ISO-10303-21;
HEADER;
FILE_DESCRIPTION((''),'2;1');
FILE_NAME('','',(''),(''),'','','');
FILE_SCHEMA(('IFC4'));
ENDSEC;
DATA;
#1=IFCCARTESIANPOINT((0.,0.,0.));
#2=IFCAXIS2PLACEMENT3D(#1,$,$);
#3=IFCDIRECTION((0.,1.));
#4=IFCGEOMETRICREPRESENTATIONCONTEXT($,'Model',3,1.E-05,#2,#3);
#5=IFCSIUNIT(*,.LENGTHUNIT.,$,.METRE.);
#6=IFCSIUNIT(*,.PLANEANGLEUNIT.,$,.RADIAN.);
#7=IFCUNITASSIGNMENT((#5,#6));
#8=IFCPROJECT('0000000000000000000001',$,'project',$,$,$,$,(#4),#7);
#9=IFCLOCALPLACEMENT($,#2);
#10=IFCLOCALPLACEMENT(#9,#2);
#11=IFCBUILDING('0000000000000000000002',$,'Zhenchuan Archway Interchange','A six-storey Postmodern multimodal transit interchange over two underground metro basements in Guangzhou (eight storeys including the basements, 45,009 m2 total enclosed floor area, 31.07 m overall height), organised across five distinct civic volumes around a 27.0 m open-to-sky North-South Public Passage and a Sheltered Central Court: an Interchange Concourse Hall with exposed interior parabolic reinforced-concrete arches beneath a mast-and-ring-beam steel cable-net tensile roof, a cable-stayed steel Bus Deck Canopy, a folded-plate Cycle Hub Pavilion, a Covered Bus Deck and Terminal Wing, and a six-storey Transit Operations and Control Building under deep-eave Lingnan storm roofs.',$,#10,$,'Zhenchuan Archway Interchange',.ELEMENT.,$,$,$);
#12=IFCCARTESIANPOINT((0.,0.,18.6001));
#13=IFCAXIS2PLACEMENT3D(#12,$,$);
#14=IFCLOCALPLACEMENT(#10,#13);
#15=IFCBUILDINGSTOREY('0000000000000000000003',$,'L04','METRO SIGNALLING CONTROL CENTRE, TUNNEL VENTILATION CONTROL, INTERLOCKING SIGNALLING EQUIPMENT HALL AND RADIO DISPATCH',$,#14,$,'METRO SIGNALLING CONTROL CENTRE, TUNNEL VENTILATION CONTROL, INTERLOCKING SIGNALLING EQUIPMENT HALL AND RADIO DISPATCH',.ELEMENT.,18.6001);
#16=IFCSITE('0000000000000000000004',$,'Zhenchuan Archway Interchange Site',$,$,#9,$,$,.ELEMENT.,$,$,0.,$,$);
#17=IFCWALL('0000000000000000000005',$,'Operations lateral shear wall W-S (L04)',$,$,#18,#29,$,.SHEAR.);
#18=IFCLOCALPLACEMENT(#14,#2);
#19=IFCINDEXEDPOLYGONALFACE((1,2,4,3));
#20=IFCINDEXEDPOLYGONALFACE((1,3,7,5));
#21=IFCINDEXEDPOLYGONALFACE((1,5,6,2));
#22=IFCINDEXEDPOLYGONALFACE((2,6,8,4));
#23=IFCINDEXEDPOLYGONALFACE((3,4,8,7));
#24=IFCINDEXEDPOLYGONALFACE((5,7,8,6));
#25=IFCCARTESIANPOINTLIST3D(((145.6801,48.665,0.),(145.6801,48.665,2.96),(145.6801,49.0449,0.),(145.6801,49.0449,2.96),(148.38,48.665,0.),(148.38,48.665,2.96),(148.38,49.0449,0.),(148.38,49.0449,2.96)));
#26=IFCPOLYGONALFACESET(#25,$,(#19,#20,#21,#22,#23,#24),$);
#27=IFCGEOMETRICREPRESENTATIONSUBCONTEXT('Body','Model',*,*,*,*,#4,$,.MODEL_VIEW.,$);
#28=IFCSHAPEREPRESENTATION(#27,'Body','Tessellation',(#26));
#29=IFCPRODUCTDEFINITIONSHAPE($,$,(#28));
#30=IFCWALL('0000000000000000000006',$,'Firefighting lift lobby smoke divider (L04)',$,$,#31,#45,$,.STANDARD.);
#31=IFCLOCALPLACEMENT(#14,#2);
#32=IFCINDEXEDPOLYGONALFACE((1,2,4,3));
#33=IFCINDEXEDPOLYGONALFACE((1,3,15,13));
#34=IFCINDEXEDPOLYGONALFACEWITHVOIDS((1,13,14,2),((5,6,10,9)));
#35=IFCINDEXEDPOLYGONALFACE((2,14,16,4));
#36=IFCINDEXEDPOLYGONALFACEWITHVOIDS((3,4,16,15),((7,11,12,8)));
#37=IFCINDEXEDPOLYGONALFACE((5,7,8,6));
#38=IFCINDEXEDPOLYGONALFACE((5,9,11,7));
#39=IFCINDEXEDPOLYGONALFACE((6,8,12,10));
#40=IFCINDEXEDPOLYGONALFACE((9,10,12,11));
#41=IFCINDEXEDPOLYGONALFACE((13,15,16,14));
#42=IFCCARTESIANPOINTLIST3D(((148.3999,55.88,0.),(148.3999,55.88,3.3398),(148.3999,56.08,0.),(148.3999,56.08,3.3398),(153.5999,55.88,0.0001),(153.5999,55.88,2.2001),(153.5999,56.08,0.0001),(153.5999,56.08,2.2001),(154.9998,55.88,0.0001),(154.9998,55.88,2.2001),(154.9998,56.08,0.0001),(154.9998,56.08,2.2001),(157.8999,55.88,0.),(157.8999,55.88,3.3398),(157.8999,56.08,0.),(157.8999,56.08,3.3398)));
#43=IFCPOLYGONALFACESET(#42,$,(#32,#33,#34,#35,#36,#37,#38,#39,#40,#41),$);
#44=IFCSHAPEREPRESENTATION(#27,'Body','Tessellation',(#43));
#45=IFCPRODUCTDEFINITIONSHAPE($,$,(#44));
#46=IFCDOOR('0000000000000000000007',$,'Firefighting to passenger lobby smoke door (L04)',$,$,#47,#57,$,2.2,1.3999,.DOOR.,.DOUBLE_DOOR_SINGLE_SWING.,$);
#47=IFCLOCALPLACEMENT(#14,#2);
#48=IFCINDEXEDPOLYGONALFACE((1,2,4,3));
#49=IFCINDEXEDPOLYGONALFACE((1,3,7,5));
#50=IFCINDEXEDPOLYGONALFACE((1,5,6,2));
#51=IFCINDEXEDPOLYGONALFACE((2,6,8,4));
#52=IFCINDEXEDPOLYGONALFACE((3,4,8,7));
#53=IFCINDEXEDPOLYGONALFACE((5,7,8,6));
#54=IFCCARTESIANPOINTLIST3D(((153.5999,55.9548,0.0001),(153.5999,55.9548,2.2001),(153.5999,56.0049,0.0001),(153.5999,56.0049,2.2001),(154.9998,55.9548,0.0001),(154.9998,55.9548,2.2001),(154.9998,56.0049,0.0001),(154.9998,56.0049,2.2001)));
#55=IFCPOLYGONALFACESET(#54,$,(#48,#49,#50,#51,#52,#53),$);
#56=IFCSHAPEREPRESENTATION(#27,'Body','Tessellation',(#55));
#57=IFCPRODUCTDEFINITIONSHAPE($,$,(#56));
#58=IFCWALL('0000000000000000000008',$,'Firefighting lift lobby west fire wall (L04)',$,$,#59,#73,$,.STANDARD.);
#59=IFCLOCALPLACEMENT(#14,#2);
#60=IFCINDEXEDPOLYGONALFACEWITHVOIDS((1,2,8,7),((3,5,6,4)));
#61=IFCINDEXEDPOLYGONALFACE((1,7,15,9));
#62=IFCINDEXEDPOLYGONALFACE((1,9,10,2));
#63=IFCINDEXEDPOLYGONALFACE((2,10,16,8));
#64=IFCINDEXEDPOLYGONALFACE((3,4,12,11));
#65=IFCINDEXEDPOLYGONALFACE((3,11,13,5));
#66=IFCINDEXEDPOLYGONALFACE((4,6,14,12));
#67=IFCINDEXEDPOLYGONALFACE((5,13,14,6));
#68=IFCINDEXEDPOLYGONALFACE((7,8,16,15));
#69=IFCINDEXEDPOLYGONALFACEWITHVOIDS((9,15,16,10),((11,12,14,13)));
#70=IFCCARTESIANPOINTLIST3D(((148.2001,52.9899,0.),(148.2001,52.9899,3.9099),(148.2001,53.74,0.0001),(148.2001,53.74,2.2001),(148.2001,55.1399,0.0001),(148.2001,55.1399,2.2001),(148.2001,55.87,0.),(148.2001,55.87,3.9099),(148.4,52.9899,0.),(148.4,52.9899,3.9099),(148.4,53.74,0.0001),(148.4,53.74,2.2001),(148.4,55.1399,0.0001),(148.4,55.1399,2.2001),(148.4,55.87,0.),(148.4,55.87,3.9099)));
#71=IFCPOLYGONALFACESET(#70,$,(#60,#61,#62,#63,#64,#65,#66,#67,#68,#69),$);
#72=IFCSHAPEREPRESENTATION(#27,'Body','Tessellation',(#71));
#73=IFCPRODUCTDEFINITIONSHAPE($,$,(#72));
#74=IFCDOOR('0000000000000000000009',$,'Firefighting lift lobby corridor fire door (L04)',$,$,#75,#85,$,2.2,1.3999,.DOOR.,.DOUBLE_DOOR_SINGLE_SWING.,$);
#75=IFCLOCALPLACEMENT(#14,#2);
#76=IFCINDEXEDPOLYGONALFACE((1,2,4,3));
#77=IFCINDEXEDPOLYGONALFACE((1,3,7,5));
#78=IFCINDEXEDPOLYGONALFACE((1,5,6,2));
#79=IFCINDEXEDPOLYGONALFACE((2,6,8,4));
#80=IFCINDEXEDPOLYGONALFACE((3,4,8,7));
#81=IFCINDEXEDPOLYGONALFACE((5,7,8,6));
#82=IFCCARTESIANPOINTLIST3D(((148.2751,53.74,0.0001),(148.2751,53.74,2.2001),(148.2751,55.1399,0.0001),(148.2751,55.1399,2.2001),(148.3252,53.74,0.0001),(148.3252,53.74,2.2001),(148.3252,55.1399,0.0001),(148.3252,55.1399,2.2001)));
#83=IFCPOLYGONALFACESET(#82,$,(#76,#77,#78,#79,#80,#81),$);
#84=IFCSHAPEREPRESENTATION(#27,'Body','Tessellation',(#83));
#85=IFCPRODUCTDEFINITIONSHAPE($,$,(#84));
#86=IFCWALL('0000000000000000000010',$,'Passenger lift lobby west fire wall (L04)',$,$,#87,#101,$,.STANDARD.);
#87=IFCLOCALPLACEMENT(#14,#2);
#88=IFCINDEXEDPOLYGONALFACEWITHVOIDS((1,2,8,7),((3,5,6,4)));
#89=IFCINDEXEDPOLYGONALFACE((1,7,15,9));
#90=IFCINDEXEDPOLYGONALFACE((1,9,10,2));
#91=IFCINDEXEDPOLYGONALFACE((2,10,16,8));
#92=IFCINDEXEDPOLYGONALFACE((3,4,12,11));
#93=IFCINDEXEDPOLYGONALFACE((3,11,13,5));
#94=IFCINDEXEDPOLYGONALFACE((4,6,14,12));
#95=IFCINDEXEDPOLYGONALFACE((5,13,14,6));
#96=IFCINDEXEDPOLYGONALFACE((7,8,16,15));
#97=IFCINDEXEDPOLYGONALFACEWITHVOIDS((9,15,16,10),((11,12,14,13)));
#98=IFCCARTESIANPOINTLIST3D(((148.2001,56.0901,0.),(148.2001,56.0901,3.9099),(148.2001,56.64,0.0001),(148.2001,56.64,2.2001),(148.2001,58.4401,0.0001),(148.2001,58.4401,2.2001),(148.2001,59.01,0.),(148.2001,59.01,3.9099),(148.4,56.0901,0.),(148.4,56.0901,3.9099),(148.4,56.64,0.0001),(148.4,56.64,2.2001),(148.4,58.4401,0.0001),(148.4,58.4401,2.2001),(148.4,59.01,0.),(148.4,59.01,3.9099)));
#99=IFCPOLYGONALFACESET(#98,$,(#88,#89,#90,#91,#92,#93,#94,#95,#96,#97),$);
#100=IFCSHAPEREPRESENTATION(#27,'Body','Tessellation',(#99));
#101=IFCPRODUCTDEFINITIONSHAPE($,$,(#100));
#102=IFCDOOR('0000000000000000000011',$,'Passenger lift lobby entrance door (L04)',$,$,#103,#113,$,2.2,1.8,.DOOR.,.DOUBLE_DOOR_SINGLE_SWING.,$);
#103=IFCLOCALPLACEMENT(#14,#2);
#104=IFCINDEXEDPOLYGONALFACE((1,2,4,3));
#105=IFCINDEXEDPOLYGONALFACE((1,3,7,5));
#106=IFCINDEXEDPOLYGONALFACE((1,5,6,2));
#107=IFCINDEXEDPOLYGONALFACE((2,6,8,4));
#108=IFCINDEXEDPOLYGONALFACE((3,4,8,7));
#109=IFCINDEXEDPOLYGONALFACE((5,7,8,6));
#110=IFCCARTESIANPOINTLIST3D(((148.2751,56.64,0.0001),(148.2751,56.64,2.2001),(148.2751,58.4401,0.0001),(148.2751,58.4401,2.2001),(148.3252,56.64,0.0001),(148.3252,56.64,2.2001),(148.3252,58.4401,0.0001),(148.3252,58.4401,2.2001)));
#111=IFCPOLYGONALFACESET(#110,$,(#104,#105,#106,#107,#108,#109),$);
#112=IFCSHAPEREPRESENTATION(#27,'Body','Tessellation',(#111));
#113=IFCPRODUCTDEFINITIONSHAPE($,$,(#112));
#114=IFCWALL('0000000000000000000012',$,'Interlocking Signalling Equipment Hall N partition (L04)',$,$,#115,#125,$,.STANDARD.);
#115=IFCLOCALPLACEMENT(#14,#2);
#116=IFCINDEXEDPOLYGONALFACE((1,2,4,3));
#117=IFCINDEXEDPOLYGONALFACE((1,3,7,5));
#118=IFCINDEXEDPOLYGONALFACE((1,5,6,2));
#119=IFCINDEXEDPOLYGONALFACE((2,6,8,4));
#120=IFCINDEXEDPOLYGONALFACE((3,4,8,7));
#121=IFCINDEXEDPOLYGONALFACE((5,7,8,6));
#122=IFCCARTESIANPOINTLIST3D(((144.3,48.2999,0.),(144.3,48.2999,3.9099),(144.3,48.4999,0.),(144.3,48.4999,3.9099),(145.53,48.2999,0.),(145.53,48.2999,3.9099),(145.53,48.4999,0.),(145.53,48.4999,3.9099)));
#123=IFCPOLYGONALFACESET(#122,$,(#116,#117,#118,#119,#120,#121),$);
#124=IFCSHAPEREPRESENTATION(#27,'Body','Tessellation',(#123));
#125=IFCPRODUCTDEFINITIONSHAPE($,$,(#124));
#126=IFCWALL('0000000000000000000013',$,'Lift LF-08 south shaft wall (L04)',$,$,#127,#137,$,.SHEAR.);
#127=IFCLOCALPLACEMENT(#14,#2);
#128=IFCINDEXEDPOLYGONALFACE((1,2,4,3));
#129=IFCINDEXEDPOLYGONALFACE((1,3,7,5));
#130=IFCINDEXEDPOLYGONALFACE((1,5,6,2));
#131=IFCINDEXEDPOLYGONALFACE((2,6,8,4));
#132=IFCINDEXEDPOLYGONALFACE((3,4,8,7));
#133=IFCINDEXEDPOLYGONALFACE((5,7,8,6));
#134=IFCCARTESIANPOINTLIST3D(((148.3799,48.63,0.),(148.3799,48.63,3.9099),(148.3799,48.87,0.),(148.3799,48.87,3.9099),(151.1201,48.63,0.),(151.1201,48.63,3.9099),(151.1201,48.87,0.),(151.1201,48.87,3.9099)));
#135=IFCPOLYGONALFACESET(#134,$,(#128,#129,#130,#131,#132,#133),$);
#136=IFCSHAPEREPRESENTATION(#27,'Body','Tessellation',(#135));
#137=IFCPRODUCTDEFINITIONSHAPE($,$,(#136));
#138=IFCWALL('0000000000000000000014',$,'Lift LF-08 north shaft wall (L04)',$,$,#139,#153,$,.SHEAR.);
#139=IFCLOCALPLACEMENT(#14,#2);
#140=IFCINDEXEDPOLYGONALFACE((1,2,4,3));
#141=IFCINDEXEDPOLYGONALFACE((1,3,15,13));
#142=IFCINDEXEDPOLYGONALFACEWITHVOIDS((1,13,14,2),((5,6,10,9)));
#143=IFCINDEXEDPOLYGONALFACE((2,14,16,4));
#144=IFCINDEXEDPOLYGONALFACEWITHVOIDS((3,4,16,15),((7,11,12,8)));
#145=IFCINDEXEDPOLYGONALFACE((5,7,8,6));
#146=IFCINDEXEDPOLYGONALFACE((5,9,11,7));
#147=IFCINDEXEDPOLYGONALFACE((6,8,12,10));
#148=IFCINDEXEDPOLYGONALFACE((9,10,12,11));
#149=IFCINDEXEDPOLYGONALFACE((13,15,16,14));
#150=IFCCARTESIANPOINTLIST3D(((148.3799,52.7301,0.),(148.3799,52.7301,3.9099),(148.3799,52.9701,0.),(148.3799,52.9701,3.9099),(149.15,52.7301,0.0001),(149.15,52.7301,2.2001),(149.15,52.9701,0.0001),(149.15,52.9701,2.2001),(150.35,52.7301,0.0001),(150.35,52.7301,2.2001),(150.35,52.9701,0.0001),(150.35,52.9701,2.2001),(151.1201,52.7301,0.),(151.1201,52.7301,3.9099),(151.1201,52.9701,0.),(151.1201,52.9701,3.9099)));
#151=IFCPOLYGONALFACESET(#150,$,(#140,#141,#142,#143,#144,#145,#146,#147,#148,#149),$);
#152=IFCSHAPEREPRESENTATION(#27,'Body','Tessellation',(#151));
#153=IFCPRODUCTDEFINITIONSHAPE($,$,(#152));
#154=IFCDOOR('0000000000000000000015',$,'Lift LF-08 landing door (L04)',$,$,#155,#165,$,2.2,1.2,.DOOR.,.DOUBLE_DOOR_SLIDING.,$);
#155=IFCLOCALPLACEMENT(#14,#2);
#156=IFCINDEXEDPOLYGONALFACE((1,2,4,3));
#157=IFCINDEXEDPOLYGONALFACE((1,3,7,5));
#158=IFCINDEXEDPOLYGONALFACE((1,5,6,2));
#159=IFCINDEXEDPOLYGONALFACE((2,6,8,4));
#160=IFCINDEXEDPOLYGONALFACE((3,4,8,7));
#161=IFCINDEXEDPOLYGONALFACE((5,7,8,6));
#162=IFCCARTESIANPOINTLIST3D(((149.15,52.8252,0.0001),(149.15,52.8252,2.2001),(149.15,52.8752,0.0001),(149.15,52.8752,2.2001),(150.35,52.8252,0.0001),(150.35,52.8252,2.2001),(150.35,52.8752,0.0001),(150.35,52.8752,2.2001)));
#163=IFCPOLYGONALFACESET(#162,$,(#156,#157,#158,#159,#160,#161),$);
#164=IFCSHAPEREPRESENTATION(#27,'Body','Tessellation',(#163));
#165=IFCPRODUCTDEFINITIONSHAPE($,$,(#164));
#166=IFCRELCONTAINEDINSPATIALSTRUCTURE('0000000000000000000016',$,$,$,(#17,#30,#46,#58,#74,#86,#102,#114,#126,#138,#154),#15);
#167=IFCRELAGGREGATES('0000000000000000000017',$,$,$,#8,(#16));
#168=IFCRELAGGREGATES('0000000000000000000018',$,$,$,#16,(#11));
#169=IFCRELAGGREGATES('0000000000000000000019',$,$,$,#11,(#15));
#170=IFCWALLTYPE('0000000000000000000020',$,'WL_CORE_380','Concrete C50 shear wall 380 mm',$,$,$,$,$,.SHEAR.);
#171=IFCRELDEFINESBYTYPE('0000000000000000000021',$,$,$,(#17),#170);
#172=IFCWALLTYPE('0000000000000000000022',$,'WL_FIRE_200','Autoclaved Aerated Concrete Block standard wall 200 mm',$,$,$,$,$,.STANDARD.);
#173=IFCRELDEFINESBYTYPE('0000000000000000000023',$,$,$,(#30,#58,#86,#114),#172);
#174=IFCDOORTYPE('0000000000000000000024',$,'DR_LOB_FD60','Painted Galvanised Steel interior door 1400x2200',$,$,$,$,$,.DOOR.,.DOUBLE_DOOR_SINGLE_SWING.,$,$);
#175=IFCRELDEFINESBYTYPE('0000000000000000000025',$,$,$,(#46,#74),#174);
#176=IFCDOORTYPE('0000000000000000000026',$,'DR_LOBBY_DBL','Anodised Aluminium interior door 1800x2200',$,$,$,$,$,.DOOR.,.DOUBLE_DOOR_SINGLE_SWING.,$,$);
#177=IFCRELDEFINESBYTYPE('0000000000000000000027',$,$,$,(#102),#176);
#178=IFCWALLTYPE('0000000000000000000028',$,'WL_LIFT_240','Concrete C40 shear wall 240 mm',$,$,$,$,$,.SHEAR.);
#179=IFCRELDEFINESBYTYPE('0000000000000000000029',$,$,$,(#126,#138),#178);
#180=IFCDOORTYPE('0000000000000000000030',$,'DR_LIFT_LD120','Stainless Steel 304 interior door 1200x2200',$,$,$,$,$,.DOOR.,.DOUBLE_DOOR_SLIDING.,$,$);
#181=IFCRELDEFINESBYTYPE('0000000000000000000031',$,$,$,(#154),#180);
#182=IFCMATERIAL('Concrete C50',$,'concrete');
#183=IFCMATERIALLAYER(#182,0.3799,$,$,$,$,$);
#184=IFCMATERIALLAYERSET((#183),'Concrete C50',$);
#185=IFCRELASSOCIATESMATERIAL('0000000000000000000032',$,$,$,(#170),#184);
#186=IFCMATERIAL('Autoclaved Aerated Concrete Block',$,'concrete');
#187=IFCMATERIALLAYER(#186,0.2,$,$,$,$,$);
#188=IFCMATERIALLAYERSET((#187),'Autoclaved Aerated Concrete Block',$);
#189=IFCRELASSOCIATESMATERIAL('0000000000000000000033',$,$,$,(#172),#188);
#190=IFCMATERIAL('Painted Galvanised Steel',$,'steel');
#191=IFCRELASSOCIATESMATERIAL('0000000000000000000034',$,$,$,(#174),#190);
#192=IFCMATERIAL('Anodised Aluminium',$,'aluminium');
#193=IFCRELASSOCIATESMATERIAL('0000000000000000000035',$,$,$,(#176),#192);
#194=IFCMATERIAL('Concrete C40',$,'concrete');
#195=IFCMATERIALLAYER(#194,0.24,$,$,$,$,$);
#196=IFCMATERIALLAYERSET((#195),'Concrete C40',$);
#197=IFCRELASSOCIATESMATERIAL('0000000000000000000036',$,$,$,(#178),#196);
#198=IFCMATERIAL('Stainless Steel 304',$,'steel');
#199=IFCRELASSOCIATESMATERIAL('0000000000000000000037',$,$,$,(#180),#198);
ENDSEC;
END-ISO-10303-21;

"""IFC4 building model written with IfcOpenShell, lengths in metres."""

from ifc_helpers import new_model, si_unit, direction, frame, frame_2d, origin, place, context, subcontext, project, spatial, rectangle, extrude, material, layer, layer_set, type_object, element, fill, save


model = new_model("IFC4")

# Units and contexts
model_context = context("Model", 3, precision=1e-05, world=origin(), true_north=direction((0.0, 1.0)))
body_context = subcontext(model_context, "Body", "Model", "MODEL_VIEW")
ifc_project = project(units=[si_unit("LENGTHUNIT", "METRE"), si_unit("PLANEANGLEUNIT", "RADIAN")], contexts=[model_context])

# Site, building, storey
site_placement = place(None, origin())
site = spatial("IfcSite", under=ifc_project, at=site_placement, Name="Zhenchuan Archway Interchange Site", CompositionType="ELEMENT", RefElevation=0.0)
building_placement = place(site_placement, origin())
building = spatial("IfcBuilding", under=site, at=building_placement, Name="Zhenchuan Archway Interchange", Description="A six-storey Postmodern multimodal transit interchange over two underground metro basements in Guangzhou (eight storeys including the basements, 45,009 m2 total enclosed floor area, 31.07 m overall height), organised across five distinct civic volumes around a 27.0 m open-to-sky North-South Public Passage and a Sheltered Central Court: an Interchange Concourse Hall with exposed interior parabolic reinforced-concrete arches beneath a mast-and-ring-beam steel cable-net tensile roof, a cable-stayed steel Bus Deck Canopy, a folded-plate Cycle Hub Pavilion, a Covered Bus Deck and Terminal Wing, and a six-storey Transit Operations and Control Building under deep-eave Lingnan storm roofs.", LongName="Zhenchuan Archway Interchange", CompositionType="ELEMENT")
storey_placement = place(building_placement, frame((0.0, 0.0, 18.6001)))
storey = spatial("IfcBuildingStorey", under=building, at=storey_placement, Name="L04", Description="METRO SIGNALLING CONTROL CENTRE, TUNNEL VENTILATION CONTROL, INTERLOCKING SIGNALLING EQUIPMENT HALL AND RADIO DISPATCH", LongName="METRO SIGNALLING CONTROL CENTRE, TUNNEL VENTILATION CONTROL, INTERLOCKING SIGNALLING EQUIPMENT HALL AND RADIO DISPATCH", CompositionType="ELEMENT", Elevation=18.6001)

# Shared definitions
ifc_material_1 = material(Name="Concrete C40", Category="concrete")

# Shared definitions
ifc_material_2 = material(Name="Anodised Aluminium", Category="aluminium")

# Wall
ifc_material_3 = material(Name="Concrete C50", Category="concrete")
ifc_layer_1 = layer(ifc_material_3, 0.3799)
ifc_layer_set_1 = layer_set([ifc_layer_1], Name="Concrete C50")
wall_type_1 = type_object("IfcWallType", Name="WL_CORE_380", Description="Concrete C50 shear wall 380 mm", PredefinedType="SHEAR", material=ifc_layer_set_1)
wall_1_placement = place(storey_placement, frame((145.6799, 48.855, 0.0), z_axis=(0.0, 0.0, 1.0), x_axis=(1.0, 0.0, 0.0)))
element("IfcWall", 1, at=wall_1_placement, inside=storey, type_object=wall_type_1, Name="Operations lateral shear wall W-S (L04)", PredefinedType="SHEAR", context=body_context, shape_type="SweptSolid", body=[
    extrude(rectangle(XDim=2.7, YDim=0.3799, at=frame_2d((1.3501, 0.0))), origin(), (0.0, 0.0, 1.0), 2.96),
])

# Walls, openings, doors
ifc_material_4 = material(Name="Autoclaved Aerated Concrete Block", Category="concrete")
ifc_layer_2 = layer(ifc_material_4, 0.2)
ifc_layer_set_2 = layer_set([ifc_layer_2], Name="Autoclaved Aerated Concrete Block")
wall_type_2 = type_object("IfcWallType", Name="WL_FIRE_200", Description="Autoclaved Aerated Concrete Block standard wall 200 mm", PredefinedType="STANDARD", material=ifc_layer_set_2)
wall_2_placement = place(storey_placement, frame((148.3999, 55.98, 0.0), z_axis=(0.0, 0.0, 1.0), x_axis=(1.0, 0.0, 0.0)))
wall_2 = element("IfcWall", 2, at=wall_2_placement, inside=storey, type_object=wall_type_2, Name="Firefighting lift lobby smoke divider (L04)", PredefinedType="STANDARD", context=body_context, shape_type="SweptSolid", body=[
    extrude(rectangle(XDim=9.5, YDim=0.2, at=frame_2d((4.75, 0.0))), origin(), (0.0, 0.0, 1.0), 3.3398),
])
opening_1_placement = place(wall_2_placement, frame((5.2, 0.0, 0.0)))
opening_1 = element("IfcOpeningElement", 3, at=opening_1_placement, cuts=wall_2, PredefinedType="OPENING", context=body_context, shape_type="SweptSolid", body=[
    extrude(rectangle(XDim=1.3999, YDim=2.2, at=frame_2d((0.7, 1.1001))), frame((0.0, 0.1118, 0.0), z_axis=(0.0, -1.0, 0.0), x_axis=(1.0, 0.0, 0.0)), (0.0, 0.0, 1.0), 0.2239),
])
ifc_material_5 = material(Name="Painted Galvanised Steel", Category="steel")
door_type_1 = type_object("IfcDoorType", Name="DR_LOB_FD60", Description="Painted Galvanised Steel interior door 1400x2200", OperationType="DOUBLE_DOOR_SINGLE_SWING", PredefinedType="DOOR", material=ifc_material_5)
door_1_placement = place(opening_1_placement, origin())
door_1 = element("IfcDoor", 4, at=door_1_placement, inside=storey, type_object=door_type_1, Name="Firefighting to passenger lobby smoke door (L04)", OperationType="DOUBLE_DOOR_SINGLE_SWING", OverallHeight=2.2, OverallWidth=1.3999, PredefinedType="DOOR", context=body_context, shape_type="SweptSolid", body=[
    extrude(rectangle(XDim=1.3999, YDim=2.2, at=frame_2d((0.7, 1.1001))), frame((0.0, 0.0249, 0.0), z_axis=(0.0, -1.0, 0.0), x_axis=(1.0, 0.0, 0.0)), (0.0, 0.0, 1.0), 0.05),
])
fill(opening_1, door_1)
wall_3_placement = place(storey_placement, frame((148.3, 52.99, 0.0), z_axis=(0.0, 0.0, 1.0), x_axis=(0.0, 1.0, 0.0)))
wall_3 = element("IfcWall", 5, at=wall_3_placement, inside=storey, type_object=wall_type_2, Name="Firefighting lift lobby west fire wall (L04)", PredefinedType="STANDARD", context=body_context, shape_type="SweptSolid", body=[
    extrude(rectangle(XDim=2.8801, YDim=0.2, at=frame_2d((1.4399, 0.0))), origin(), (0.0, 0.0, 1.0), 3.9099),
])
opening_2_placement = place(wall_3_placement, frame((0.75, 0.0, 0.0)))
opening_2 = element("IfcOpeningElement", 6, at=opening_2_placement, cuts=wall_3, PredefinedType="OPENING", context=body_context, shape_type="SweptSolid", body=[
    extrude(rectangle(XDim=1.3999, YDim=2.2, at=frame_2d((0.7, 1.1001))), frame((0.0, 0.1118, 0.0), z_axis=(0.0, -1.0, 0.0), x_axis=(1.0, 0.0, 0.0)), (0.0, 0.0, 1.0), 0.2239),
])
door_2_placement = place(opening_2_placement, origin())
door_2 = element("IfcDoor", 7, at=door_2_placement, inside=storey, type_object=door_type_1, Name="Firefighting lift lobby corridor fire door (L04)", OperationType="DOUBLE_DOOR_SINGLE_SWING", OverallHeight=2.2, OverallWidth=1.3999, PredefinedType="DOOR", context=body_context, shape_type="SweptSolid", body=[
    extrude(rectangle(XDim=1.3999, YDim=2.2, at=frame_2d((0.7, 1.1001))), frame((0.0, 0.0249, 0.0), z_axis=(0.0, -1.0, 0.0), x_axis=(1.0, 0.0, 0.0)), (0.0, 0.0, 1.0), 0.05),
])
fill(opening_2, door_2)
wall_4_placement = place(storey_placement, frame((148.3, 56.0901, 0.0), z_axis=(0.0, 0.0, 1.0), x_axis=(0.0, 1.0, 0.0)))
wall_4 = element("IfcWall", 8, at=wall_4_placement, inside=storey, type_object=wall_type_2, Name="Passenger lift lobby west fire wall (L04)", PredefinedType="STANDARD", context=body_context, shape_type="SweptSolid", body=[
    extrude(rectangle(XDim=2.9199, YDim=0.2, at=frame_2d((1.46, 0.0))), origin(), (0.0, 0.0, 1.0), 3.9099),
])
opening_3_placement = place(wall_4_placement, frame((0.55, 0.0, 0.0)))
opening_3 = element("IfcOpeningElement", 9, at=opening_3_placement, cuts=wall_4, PredefinedType="OPENING", context=body_context, shape_type="SweptSolid", body=[
    extrude(rectangle(XDim=1.8, YDim=2.2, at=frame_2d((0.8999, 1.1001))), frame((0.0, 0.1118, 0.0), z_axis=(0.0, -1.0, 0.0), x_axis=(1.0, 0.0, 0.0)), (0.0, 0.0, 1.0), 0.2239),
])
door_type_2 = type_object("IfcDoorType", Name="DR_LOBBY_DBL", Description="Anodised Aluminium interior door 1800x2200", OperationType="DOUBLE_DOOR_SINGLE_SWING", PredefinedType="DOOR", material=ifc_material_2)
door_3_placement = place(opening_3_placement, origin())
door_3 = element("IfcDoor", 10, at=door_3_placement, inside=storey, type_object=door_type_2, Name="Passenger lift lobby entrance door (L04)", OperationType="DOUBLE_DOOR_SINGLE_SWING", OverallHeight=2.2, OverallWidth=1.8, PredefinedType="DOOR", context=body_context, shape_type="SweptSolid", body=[
    extrude(rectangle(XDim=1.8, YDim=2.2, at=frame_2d((0.8999, 1.1001))), frame((0.0, 0.0249, 0.0), z_axis=(0.0, -1.0, 0.0), x_axis=(1.0, 0.0, 0.0)), (0.0, 0.0, 1.0), 0.05),
])
fill(opening_3, door_3)

# Walls
wall_5_placement = place(storey_placement, frame((144.3, 48.3999, 0.0), z_axis=(0.0, 0.0, 1.0), x_axis=(1.0, 0.0, 0.0)))
element("IfcWall", 11, at=wall_5_placement, inside=storey, type_object=wall_type_2, Name="Interlocking Signalling Equipment Hall N partition (L04)", PredefinedType="STANDARD", context=body_context, shape_type="SweptSolid", body=[
    extrude(rectangle(XDim=1.23, YDim=0.2, at=frame_2d((0.615, 0.0))), origin(), (0.0, 0.0, 1.0), 3.9099),
])
ifc_layer_3 = layer(ifc_material_1, 0.24)
ifc_layer_set_3 = layer_set([ifc_layer_3], Name="Concrete C40")
wall_type_3 = type_object("IfcWallType", Name="WL_LIFT_240", Description="Concrete C40 shear wall 240 mm", PredefinedType="SHEAR", material=ifc_layer_set_3)
wall_6_placement = place(storey_placement, frame((148.3799, 48.75, 0.0), z_axis=(0.0, 0.0, 1.0), x_axis=(1.0, 0.0, 0.0)))
element("IfcWall", 12, at=wall_6_placement, inside=storey, type_object=wall_type_3, Name="Lift LF-08 south shaft wall (L04)", PredefinedType="SHEAR", context=body_context, shape_type="SweptSolid", body=[
    extrude(rectangle(XDim=2.7402, YDim=0.24, at=frame_2d((1.3701, 0.0))), origin(), (0.0, 0.0, 1.0), 3.9099),
])

# Wall, opening, door
wall_7_placement = place(storey_placement, frame((151.1201, 52.8501, 0.0), z_axis=(0.0, 0.0, 1.0), x_axis=(-1.0, 0.0, 0.0)))
wall_7 = element("IfcWall", 13, at=wall_7_placement, inside=storey, type_object=wall_type_3, Name="Lift LF-08 north shaft wall (L04)", PredefinedType="SHEAR", context=body_context, shape_type="SweptSolid", body=[
    extrude(rectangle(XDim=2.7402, YDim=0.24, at=frame_2d((1.3701, 0.0))), origin(), (0.0, 0.0, 1.0), 3.9099),
])
opening_4_placement = place(wall_7_placement, frame((0.77, 0.0, 0.0)))
opening_4 = element("IfcOpeningElement", 14, at=opening_4_placement, cuts=wall_7, PredefinedType="OPENING", context=body_context, shape_type="SweptSolid", body=[
    extrude(rectangle(XDim=1.2, YDim=2.2, at=frame_2d((0.6001, 1.1001))), frame((0.0, 0.1318, 0.0), z_axis=(0.0, -1.0, 0.0), x_axis=(1.0, 0.0, 0.0)), (0.0, 0.0, 1.0), 0.2639),
])
ifc_material_6 = material(Name="Stainless Steel 304", Category="steel")
door_type_3 = type_object("IfcDoorType", Name="DR_LIFT_LD120", Description="Stainless Steel 304 interior door 1200x2200", OperationType="DOUBLE_DOOR_SLIDING", PredefinedType="DOOR", material=ifc_material_6)
door_4_placement = place(opening_4_placement, origin())
door_4 = element("IfcDoor", 15, at=door_4_placement, inside=storey, type_object=door_type_3, Name="Lift LF-08 landing door (L04)", OperationType="DOUBLE_DOOR_SLIDING", OverallHeight=2.2, OverallWidth=1.2, PredefinedType="DOOR", context=body_context, shape_type="SweptSolid", body=[
    extrude(rectangle(XDim=1.2, YDim=2.2, at=frame_2d((0.6001, 1.1001))), frame((0.0, 0.0249, 0.0), z_axis=(0.0, -1.0, 0.0), x_axis=(1.0, 0.0, 0.0)), (0.0, 0.0, 1.0), 0.05),
])
fill(opening_4, door_4)

save(model, "model.ifc")
